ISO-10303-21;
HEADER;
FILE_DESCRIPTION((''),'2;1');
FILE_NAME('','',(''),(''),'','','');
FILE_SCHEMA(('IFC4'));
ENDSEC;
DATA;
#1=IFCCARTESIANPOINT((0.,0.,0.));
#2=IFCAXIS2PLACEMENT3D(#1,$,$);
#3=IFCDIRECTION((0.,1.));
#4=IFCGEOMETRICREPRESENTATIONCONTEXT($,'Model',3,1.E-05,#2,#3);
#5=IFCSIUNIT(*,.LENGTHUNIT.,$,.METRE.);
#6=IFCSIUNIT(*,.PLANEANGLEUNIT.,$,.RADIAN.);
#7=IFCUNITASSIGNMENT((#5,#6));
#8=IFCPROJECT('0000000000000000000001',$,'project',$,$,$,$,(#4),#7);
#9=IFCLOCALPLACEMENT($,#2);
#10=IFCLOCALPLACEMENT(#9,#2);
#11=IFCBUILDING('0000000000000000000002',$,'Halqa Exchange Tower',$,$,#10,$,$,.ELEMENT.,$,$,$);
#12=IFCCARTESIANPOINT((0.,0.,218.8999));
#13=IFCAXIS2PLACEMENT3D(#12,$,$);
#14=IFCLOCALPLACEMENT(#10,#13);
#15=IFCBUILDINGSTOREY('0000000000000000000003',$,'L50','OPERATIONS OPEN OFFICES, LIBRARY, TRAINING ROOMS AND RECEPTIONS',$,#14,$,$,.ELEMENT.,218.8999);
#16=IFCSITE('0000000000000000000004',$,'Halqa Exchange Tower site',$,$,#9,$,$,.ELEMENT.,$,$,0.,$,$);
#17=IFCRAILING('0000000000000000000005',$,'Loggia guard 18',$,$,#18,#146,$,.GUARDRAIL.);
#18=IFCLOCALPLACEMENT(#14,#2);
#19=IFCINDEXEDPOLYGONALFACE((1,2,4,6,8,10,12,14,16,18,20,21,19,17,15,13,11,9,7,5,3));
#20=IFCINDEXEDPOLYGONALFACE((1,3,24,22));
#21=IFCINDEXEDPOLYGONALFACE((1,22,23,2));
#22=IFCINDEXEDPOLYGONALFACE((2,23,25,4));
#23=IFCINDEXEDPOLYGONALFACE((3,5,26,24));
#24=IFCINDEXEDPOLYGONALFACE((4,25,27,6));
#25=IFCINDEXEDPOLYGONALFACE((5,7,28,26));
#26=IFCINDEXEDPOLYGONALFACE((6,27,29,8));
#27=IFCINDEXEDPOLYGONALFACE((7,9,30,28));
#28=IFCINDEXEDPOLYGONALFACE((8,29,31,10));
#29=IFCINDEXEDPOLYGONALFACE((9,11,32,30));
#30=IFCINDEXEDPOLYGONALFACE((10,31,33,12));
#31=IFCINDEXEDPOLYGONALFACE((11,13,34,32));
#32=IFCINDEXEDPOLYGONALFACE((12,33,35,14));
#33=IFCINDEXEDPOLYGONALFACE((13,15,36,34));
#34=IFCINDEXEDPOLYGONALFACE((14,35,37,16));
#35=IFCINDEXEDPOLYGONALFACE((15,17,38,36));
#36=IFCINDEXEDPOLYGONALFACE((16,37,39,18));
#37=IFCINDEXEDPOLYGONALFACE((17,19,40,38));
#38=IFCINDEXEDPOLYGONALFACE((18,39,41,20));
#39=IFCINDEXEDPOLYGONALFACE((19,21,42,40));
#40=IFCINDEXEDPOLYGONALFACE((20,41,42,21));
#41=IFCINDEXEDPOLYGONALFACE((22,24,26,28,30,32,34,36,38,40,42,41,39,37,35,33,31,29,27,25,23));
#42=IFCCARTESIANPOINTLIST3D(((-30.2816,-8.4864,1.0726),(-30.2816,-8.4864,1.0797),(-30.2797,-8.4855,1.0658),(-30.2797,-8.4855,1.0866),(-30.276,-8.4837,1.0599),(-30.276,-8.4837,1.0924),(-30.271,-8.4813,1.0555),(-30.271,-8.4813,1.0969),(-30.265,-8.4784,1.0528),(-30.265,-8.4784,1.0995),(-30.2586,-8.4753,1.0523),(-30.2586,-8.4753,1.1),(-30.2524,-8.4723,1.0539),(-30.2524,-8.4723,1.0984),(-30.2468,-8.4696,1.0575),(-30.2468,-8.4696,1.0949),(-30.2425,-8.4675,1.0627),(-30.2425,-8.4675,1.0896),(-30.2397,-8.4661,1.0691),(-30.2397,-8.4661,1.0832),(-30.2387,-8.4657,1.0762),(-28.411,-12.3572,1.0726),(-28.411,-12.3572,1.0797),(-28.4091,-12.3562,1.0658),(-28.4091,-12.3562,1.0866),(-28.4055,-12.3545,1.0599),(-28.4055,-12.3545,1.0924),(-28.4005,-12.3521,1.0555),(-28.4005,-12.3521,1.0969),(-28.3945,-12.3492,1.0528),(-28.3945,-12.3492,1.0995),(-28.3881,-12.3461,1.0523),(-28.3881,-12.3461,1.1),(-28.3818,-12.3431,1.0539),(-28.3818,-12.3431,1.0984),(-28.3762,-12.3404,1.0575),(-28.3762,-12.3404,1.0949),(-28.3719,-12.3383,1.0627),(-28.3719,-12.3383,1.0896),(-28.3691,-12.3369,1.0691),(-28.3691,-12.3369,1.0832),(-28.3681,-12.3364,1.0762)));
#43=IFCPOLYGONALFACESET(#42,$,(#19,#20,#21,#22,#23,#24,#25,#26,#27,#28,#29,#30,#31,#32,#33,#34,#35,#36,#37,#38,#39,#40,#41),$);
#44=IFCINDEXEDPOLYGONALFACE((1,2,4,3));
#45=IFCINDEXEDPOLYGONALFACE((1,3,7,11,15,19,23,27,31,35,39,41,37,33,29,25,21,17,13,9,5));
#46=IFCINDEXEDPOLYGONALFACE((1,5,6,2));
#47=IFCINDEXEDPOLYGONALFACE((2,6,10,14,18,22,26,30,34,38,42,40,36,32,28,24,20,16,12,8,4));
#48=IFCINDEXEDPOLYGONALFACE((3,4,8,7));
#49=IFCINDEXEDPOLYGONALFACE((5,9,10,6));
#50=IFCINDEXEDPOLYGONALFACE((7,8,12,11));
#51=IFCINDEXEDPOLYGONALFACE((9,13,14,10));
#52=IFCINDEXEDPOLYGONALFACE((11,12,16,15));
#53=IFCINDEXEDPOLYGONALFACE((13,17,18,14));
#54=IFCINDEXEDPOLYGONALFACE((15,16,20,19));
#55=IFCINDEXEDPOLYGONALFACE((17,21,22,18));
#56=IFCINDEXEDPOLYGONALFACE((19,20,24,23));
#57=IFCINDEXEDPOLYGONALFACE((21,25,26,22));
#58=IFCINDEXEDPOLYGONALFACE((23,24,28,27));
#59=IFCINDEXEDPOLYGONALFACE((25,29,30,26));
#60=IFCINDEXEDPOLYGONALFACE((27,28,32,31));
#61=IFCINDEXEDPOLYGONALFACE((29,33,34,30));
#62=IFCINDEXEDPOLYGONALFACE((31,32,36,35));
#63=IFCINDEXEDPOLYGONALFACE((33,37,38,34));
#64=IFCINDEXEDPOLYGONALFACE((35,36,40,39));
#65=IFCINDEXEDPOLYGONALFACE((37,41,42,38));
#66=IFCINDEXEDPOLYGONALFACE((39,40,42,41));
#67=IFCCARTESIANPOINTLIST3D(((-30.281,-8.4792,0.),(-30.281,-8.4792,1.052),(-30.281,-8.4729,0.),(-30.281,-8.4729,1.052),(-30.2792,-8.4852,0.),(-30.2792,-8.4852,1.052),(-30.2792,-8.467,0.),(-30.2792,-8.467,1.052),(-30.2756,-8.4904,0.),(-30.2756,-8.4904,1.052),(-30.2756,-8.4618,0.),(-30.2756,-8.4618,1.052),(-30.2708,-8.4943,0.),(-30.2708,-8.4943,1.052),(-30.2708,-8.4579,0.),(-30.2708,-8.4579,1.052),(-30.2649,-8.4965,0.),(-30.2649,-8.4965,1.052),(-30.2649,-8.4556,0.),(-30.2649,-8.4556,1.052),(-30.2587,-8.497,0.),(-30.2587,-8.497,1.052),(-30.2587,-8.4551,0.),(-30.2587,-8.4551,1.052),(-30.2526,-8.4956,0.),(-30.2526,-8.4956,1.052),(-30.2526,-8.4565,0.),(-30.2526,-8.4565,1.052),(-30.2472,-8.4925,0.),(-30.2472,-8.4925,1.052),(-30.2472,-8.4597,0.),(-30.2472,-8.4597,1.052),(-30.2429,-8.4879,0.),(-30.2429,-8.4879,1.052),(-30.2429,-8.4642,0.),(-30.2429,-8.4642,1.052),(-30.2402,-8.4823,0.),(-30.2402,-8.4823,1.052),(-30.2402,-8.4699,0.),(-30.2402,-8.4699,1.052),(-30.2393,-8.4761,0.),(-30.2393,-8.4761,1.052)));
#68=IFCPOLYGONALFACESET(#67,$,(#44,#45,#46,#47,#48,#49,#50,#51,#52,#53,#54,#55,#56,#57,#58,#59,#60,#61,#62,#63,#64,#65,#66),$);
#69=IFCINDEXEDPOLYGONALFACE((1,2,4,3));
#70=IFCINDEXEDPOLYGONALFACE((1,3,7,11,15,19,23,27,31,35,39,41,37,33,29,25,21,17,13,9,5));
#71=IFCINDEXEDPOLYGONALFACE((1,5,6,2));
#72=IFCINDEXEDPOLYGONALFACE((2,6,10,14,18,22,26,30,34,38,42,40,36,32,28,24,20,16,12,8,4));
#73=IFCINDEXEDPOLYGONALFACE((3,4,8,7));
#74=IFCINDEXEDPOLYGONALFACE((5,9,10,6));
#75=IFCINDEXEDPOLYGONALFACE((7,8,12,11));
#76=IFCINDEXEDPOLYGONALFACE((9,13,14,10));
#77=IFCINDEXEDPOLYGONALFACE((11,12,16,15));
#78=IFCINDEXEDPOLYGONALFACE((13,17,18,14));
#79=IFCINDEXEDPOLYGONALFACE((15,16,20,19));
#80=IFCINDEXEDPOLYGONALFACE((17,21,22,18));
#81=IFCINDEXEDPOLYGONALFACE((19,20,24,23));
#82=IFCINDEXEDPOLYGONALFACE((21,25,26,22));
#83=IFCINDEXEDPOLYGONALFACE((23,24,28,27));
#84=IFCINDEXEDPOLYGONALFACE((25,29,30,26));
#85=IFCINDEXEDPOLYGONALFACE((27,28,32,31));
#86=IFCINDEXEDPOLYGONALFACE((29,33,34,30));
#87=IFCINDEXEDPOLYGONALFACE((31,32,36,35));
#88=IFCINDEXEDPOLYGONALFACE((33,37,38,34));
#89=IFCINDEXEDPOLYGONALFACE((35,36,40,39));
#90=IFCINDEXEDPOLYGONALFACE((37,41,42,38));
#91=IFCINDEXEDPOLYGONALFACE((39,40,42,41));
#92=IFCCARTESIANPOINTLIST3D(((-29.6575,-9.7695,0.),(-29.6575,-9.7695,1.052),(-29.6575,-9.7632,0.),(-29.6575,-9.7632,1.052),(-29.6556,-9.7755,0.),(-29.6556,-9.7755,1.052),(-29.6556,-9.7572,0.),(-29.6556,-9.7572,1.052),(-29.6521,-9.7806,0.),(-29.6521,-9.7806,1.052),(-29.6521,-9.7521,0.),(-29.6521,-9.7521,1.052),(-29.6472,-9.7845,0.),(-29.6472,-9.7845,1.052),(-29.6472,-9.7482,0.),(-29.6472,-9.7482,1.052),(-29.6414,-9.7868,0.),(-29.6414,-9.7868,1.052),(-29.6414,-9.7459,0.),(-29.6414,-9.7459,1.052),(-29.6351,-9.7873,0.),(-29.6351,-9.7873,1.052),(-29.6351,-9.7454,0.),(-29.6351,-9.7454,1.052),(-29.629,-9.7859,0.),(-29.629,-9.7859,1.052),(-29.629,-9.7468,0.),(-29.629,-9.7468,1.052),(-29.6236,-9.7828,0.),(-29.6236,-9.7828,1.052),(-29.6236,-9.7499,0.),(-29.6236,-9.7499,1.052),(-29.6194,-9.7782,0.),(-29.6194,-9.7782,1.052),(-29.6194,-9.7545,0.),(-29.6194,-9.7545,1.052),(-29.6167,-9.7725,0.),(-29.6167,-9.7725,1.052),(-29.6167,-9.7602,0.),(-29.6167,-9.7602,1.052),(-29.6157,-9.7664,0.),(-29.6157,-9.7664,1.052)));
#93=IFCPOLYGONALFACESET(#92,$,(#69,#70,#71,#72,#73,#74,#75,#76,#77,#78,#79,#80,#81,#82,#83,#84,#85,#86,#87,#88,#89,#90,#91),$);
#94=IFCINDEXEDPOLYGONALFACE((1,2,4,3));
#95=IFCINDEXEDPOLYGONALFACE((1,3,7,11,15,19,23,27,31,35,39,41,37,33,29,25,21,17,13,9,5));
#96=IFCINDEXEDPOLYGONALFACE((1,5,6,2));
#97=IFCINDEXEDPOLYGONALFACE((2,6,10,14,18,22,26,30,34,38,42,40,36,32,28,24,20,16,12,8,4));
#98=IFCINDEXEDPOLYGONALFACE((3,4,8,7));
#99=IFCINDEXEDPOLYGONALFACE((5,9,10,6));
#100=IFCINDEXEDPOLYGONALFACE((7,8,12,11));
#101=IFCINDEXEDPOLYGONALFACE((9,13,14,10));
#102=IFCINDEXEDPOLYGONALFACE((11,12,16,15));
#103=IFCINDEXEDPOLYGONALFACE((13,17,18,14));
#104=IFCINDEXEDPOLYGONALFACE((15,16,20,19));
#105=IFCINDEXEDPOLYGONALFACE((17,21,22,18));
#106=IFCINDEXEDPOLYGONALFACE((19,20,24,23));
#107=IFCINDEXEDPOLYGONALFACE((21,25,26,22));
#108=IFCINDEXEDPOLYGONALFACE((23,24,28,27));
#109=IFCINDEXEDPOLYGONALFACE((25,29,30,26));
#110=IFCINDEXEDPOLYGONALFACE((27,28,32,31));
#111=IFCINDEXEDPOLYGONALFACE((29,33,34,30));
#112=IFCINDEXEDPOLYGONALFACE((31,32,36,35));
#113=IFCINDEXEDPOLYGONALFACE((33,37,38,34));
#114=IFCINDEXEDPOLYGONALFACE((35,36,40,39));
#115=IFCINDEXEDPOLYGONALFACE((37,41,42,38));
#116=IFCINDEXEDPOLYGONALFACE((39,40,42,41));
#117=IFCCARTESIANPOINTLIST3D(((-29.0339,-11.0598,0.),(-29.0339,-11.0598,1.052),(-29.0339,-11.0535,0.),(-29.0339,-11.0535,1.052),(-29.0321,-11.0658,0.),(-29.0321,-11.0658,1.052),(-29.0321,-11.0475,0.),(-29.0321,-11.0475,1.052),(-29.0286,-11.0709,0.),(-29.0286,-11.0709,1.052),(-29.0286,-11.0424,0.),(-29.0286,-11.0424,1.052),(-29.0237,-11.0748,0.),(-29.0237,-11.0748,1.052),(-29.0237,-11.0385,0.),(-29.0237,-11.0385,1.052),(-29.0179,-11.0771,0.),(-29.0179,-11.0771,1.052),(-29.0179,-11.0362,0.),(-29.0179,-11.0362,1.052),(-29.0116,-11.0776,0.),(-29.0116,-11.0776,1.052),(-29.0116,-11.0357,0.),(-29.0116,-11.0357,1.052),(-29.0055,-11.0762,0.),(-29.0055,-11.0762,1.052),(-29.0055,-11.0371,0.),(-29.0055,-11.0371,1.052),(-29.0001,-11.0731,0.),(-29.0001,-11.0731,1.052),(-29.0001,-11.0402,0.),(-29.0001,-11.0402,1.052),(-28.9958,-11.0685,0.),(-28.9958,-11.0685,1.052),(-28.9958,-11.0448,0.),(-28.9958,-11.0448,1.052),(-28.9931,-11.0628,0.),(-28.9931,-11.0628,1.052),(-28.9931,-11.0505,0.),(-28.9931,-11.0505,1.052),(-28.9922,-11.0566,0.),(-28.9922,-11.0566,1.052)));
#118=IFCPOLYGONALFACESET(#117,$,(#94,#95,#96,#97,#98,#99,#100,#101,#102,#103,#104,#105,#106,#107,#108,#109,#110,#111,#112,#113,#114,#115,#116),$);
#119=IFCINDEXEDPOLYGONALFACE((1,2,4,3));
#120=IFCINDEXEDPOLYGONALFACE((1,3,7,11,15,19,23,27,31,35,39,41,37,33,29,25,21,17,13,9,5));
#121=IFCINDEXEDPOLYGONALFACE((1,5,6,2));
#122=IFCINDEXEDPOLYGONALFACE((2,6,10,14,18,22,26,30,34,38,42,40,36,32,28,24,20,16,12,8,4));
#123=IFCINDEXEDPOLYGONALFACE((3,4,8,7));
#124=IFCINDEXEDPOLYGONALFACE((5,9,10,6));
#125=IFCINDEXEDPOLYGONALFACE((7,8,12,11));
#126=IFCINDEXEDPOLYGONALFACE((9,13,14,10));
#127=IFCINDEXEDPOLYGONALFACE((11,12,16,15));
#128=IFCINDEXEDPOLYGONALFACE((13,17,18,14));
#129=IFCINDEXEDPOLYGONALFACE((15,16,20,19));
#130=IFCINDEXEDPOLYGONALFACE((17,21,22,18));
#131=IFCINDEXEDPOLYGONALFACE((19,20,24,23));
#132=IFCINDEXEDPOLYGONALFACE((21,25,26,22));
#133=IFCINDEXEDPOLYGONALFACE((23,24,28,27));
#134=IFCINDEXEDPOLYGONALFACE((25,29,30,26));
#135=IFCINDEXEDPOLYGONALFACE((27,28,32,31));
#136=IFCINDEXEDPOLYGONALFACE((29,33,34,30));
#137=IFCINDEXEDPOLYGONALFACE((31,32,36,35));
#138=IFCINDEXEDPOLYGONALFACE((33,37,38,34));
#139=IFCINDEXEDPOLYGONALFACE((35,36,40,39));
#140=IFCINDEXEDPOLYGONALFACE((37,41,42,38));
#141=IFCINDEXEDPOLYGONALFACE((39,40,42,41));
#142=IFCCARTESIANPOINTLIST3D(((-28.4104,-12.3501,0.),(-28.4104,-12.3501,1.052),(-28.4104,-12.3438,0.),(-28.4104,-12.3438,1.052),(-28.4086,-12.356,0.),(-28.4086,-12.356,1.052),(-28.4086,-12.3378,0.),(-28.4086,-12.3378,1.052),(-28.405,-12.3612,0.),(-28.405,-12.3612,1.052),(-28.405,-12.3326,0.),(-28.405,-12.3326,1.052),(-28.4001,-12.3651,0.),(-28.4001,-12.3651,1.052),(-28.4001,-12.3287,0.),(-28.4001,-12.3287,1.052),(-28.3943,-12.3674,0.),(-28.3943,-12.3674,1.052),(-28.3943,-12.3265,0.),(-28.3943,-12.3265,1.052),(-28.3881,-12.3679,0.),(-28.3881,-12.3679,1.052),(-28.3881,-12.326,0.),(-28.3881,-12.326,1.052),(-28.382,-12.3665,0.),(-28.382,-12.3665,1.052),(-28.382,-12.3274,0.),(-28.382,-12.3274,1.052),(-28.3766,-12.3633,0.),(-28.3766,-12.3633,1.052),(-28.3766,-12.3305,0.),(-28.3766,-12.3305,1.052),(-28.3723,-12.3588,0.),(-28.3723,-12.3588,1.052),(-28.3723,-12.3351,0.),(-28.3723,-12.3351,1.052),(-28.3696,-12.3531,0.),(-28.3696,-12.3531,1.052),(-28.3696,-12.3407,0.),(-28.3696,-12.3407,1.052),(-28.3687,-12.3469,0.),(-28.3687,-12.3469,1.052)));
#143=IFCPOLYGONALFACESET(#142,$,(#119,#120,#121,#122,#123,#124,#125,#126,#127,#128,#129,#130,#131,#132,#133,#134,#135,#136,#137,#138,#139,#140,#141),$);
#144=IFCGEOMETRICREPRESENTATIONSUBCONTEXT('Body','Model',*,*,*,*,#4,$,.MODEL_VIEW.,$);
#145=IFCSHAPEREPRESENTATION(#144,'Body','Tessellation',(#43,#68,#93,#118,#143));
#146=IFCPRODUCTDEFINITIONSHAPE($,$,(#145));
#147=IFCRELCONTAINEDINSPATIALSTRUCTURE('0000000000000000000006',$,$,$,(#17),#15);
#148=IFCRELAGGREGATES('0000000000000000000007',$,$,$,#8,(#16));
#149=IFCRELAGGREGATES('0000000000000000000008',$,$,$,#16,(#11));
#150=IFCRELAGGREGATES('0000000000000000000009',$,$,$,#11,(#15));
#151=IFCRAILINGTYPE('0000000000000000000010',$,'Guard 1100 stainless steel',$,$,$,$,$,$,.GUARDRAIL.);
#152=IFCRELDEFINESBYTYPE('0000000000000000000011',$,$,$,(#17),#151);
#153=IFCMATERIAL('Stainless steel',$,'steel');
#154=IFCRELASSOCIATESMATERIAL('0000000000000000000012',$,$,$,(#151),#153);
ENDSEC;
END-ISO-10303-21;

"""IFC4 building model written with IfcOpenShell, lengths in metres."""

from ifc_helpers import new_model, si_unit, direction, frame, origin, origin_2d, place, context, subcontext, project, spatial, circle, extrude, material, type_object, element, save


model = new_model("IFC4")

# Units and contexts
model_context = context("Model", 3, precision=1e-05, world=origin(), true_north=direction((0.0, 1.0)))
body_context = subcontext(model_context, "Body", "Model", "MODEL_VIEW")
ifc_project = project(units=[si_unit("LENGTHUNIT", "METRE"), si_unit("PLANEANGLEUNIT", "RADIAN")], contexts=[model_context])

# Site, building, storey
site_placement = place(None, origin())
site = spatial("IfcSite", under=ifc_project, at=site_placement, Name="Halqa Exchange Tower site", CompositionType="ELEMENT", RefElevation=0.0)
building_placement = place(site_placement, origin())
building = spatial("IfcBuilding", under=site, at=building_placement, Name="Halqa Exchange Tower", CompositionType="ELEMENT")
storey_placement = place(building_placement, frame((0.0, 0.0, 218.8999)))
storey = spatial("IfcBuildingStorey", under=building, at=storey_placement, Name="L50", Description="OPERATIONS OPEN OFFICES, LIBRARY, TRAINING ROOMS AND RECEPTIONS", CompositionType="ELEMENT", Elevation=218.8999)

# Railing
ifc_material_1 = material(Name="Stainless steel", Category="steel")
railing_type = type_object("IfcRailingType", Name="Guard 1100 stainless steel", PredefinedType="GUARDRAIL", material=ifc_material_1)
railing_1_placement = place(storey_placement, frame((-30.2603, -8.4761, 0.0)))
element("IfcRailing", 1, at=railing_1_placement, inside=storey, type_object=railing_type, Name="Loggia guard 18", PredefinedType="GUARDRAIL", context=body_context, shape_type="SweptSolid", body=[
    extrude(circle(Radius=0.0239, at=origin_2d()), frame((0.0, 0.0, 1.0762), z_axis=(0.435111, -0.900377, 0.0), x_axis=(0.900377, 0.435111, 0.0)), (0.0, 0.0, 1.0), 4.2991),
    extrude(circle(Radius=0.021, at=origin_2d()), origin(), (0.0, 0.0, 1.0), 1.052),
    extrude(circle(Radius=0.021, at=origin_2d()), frame((0.6235, -1.2903, 0.0)), (0.0, 0.0, 1.0), 1.052),
    extrude(circle(Radius=0.021, at=origin_2d()), frame((1.2471, -2.5806, 0.0)), (0.0, 0.0, 1.0), 1.052),
    extrude(circle(Radius=0.021, at=origin_2d()), frame((1.8706, -3.8708, 0.0)), (0.0, 0.0, 1.0), 1.052),
])

save(model, "model.ifc")
